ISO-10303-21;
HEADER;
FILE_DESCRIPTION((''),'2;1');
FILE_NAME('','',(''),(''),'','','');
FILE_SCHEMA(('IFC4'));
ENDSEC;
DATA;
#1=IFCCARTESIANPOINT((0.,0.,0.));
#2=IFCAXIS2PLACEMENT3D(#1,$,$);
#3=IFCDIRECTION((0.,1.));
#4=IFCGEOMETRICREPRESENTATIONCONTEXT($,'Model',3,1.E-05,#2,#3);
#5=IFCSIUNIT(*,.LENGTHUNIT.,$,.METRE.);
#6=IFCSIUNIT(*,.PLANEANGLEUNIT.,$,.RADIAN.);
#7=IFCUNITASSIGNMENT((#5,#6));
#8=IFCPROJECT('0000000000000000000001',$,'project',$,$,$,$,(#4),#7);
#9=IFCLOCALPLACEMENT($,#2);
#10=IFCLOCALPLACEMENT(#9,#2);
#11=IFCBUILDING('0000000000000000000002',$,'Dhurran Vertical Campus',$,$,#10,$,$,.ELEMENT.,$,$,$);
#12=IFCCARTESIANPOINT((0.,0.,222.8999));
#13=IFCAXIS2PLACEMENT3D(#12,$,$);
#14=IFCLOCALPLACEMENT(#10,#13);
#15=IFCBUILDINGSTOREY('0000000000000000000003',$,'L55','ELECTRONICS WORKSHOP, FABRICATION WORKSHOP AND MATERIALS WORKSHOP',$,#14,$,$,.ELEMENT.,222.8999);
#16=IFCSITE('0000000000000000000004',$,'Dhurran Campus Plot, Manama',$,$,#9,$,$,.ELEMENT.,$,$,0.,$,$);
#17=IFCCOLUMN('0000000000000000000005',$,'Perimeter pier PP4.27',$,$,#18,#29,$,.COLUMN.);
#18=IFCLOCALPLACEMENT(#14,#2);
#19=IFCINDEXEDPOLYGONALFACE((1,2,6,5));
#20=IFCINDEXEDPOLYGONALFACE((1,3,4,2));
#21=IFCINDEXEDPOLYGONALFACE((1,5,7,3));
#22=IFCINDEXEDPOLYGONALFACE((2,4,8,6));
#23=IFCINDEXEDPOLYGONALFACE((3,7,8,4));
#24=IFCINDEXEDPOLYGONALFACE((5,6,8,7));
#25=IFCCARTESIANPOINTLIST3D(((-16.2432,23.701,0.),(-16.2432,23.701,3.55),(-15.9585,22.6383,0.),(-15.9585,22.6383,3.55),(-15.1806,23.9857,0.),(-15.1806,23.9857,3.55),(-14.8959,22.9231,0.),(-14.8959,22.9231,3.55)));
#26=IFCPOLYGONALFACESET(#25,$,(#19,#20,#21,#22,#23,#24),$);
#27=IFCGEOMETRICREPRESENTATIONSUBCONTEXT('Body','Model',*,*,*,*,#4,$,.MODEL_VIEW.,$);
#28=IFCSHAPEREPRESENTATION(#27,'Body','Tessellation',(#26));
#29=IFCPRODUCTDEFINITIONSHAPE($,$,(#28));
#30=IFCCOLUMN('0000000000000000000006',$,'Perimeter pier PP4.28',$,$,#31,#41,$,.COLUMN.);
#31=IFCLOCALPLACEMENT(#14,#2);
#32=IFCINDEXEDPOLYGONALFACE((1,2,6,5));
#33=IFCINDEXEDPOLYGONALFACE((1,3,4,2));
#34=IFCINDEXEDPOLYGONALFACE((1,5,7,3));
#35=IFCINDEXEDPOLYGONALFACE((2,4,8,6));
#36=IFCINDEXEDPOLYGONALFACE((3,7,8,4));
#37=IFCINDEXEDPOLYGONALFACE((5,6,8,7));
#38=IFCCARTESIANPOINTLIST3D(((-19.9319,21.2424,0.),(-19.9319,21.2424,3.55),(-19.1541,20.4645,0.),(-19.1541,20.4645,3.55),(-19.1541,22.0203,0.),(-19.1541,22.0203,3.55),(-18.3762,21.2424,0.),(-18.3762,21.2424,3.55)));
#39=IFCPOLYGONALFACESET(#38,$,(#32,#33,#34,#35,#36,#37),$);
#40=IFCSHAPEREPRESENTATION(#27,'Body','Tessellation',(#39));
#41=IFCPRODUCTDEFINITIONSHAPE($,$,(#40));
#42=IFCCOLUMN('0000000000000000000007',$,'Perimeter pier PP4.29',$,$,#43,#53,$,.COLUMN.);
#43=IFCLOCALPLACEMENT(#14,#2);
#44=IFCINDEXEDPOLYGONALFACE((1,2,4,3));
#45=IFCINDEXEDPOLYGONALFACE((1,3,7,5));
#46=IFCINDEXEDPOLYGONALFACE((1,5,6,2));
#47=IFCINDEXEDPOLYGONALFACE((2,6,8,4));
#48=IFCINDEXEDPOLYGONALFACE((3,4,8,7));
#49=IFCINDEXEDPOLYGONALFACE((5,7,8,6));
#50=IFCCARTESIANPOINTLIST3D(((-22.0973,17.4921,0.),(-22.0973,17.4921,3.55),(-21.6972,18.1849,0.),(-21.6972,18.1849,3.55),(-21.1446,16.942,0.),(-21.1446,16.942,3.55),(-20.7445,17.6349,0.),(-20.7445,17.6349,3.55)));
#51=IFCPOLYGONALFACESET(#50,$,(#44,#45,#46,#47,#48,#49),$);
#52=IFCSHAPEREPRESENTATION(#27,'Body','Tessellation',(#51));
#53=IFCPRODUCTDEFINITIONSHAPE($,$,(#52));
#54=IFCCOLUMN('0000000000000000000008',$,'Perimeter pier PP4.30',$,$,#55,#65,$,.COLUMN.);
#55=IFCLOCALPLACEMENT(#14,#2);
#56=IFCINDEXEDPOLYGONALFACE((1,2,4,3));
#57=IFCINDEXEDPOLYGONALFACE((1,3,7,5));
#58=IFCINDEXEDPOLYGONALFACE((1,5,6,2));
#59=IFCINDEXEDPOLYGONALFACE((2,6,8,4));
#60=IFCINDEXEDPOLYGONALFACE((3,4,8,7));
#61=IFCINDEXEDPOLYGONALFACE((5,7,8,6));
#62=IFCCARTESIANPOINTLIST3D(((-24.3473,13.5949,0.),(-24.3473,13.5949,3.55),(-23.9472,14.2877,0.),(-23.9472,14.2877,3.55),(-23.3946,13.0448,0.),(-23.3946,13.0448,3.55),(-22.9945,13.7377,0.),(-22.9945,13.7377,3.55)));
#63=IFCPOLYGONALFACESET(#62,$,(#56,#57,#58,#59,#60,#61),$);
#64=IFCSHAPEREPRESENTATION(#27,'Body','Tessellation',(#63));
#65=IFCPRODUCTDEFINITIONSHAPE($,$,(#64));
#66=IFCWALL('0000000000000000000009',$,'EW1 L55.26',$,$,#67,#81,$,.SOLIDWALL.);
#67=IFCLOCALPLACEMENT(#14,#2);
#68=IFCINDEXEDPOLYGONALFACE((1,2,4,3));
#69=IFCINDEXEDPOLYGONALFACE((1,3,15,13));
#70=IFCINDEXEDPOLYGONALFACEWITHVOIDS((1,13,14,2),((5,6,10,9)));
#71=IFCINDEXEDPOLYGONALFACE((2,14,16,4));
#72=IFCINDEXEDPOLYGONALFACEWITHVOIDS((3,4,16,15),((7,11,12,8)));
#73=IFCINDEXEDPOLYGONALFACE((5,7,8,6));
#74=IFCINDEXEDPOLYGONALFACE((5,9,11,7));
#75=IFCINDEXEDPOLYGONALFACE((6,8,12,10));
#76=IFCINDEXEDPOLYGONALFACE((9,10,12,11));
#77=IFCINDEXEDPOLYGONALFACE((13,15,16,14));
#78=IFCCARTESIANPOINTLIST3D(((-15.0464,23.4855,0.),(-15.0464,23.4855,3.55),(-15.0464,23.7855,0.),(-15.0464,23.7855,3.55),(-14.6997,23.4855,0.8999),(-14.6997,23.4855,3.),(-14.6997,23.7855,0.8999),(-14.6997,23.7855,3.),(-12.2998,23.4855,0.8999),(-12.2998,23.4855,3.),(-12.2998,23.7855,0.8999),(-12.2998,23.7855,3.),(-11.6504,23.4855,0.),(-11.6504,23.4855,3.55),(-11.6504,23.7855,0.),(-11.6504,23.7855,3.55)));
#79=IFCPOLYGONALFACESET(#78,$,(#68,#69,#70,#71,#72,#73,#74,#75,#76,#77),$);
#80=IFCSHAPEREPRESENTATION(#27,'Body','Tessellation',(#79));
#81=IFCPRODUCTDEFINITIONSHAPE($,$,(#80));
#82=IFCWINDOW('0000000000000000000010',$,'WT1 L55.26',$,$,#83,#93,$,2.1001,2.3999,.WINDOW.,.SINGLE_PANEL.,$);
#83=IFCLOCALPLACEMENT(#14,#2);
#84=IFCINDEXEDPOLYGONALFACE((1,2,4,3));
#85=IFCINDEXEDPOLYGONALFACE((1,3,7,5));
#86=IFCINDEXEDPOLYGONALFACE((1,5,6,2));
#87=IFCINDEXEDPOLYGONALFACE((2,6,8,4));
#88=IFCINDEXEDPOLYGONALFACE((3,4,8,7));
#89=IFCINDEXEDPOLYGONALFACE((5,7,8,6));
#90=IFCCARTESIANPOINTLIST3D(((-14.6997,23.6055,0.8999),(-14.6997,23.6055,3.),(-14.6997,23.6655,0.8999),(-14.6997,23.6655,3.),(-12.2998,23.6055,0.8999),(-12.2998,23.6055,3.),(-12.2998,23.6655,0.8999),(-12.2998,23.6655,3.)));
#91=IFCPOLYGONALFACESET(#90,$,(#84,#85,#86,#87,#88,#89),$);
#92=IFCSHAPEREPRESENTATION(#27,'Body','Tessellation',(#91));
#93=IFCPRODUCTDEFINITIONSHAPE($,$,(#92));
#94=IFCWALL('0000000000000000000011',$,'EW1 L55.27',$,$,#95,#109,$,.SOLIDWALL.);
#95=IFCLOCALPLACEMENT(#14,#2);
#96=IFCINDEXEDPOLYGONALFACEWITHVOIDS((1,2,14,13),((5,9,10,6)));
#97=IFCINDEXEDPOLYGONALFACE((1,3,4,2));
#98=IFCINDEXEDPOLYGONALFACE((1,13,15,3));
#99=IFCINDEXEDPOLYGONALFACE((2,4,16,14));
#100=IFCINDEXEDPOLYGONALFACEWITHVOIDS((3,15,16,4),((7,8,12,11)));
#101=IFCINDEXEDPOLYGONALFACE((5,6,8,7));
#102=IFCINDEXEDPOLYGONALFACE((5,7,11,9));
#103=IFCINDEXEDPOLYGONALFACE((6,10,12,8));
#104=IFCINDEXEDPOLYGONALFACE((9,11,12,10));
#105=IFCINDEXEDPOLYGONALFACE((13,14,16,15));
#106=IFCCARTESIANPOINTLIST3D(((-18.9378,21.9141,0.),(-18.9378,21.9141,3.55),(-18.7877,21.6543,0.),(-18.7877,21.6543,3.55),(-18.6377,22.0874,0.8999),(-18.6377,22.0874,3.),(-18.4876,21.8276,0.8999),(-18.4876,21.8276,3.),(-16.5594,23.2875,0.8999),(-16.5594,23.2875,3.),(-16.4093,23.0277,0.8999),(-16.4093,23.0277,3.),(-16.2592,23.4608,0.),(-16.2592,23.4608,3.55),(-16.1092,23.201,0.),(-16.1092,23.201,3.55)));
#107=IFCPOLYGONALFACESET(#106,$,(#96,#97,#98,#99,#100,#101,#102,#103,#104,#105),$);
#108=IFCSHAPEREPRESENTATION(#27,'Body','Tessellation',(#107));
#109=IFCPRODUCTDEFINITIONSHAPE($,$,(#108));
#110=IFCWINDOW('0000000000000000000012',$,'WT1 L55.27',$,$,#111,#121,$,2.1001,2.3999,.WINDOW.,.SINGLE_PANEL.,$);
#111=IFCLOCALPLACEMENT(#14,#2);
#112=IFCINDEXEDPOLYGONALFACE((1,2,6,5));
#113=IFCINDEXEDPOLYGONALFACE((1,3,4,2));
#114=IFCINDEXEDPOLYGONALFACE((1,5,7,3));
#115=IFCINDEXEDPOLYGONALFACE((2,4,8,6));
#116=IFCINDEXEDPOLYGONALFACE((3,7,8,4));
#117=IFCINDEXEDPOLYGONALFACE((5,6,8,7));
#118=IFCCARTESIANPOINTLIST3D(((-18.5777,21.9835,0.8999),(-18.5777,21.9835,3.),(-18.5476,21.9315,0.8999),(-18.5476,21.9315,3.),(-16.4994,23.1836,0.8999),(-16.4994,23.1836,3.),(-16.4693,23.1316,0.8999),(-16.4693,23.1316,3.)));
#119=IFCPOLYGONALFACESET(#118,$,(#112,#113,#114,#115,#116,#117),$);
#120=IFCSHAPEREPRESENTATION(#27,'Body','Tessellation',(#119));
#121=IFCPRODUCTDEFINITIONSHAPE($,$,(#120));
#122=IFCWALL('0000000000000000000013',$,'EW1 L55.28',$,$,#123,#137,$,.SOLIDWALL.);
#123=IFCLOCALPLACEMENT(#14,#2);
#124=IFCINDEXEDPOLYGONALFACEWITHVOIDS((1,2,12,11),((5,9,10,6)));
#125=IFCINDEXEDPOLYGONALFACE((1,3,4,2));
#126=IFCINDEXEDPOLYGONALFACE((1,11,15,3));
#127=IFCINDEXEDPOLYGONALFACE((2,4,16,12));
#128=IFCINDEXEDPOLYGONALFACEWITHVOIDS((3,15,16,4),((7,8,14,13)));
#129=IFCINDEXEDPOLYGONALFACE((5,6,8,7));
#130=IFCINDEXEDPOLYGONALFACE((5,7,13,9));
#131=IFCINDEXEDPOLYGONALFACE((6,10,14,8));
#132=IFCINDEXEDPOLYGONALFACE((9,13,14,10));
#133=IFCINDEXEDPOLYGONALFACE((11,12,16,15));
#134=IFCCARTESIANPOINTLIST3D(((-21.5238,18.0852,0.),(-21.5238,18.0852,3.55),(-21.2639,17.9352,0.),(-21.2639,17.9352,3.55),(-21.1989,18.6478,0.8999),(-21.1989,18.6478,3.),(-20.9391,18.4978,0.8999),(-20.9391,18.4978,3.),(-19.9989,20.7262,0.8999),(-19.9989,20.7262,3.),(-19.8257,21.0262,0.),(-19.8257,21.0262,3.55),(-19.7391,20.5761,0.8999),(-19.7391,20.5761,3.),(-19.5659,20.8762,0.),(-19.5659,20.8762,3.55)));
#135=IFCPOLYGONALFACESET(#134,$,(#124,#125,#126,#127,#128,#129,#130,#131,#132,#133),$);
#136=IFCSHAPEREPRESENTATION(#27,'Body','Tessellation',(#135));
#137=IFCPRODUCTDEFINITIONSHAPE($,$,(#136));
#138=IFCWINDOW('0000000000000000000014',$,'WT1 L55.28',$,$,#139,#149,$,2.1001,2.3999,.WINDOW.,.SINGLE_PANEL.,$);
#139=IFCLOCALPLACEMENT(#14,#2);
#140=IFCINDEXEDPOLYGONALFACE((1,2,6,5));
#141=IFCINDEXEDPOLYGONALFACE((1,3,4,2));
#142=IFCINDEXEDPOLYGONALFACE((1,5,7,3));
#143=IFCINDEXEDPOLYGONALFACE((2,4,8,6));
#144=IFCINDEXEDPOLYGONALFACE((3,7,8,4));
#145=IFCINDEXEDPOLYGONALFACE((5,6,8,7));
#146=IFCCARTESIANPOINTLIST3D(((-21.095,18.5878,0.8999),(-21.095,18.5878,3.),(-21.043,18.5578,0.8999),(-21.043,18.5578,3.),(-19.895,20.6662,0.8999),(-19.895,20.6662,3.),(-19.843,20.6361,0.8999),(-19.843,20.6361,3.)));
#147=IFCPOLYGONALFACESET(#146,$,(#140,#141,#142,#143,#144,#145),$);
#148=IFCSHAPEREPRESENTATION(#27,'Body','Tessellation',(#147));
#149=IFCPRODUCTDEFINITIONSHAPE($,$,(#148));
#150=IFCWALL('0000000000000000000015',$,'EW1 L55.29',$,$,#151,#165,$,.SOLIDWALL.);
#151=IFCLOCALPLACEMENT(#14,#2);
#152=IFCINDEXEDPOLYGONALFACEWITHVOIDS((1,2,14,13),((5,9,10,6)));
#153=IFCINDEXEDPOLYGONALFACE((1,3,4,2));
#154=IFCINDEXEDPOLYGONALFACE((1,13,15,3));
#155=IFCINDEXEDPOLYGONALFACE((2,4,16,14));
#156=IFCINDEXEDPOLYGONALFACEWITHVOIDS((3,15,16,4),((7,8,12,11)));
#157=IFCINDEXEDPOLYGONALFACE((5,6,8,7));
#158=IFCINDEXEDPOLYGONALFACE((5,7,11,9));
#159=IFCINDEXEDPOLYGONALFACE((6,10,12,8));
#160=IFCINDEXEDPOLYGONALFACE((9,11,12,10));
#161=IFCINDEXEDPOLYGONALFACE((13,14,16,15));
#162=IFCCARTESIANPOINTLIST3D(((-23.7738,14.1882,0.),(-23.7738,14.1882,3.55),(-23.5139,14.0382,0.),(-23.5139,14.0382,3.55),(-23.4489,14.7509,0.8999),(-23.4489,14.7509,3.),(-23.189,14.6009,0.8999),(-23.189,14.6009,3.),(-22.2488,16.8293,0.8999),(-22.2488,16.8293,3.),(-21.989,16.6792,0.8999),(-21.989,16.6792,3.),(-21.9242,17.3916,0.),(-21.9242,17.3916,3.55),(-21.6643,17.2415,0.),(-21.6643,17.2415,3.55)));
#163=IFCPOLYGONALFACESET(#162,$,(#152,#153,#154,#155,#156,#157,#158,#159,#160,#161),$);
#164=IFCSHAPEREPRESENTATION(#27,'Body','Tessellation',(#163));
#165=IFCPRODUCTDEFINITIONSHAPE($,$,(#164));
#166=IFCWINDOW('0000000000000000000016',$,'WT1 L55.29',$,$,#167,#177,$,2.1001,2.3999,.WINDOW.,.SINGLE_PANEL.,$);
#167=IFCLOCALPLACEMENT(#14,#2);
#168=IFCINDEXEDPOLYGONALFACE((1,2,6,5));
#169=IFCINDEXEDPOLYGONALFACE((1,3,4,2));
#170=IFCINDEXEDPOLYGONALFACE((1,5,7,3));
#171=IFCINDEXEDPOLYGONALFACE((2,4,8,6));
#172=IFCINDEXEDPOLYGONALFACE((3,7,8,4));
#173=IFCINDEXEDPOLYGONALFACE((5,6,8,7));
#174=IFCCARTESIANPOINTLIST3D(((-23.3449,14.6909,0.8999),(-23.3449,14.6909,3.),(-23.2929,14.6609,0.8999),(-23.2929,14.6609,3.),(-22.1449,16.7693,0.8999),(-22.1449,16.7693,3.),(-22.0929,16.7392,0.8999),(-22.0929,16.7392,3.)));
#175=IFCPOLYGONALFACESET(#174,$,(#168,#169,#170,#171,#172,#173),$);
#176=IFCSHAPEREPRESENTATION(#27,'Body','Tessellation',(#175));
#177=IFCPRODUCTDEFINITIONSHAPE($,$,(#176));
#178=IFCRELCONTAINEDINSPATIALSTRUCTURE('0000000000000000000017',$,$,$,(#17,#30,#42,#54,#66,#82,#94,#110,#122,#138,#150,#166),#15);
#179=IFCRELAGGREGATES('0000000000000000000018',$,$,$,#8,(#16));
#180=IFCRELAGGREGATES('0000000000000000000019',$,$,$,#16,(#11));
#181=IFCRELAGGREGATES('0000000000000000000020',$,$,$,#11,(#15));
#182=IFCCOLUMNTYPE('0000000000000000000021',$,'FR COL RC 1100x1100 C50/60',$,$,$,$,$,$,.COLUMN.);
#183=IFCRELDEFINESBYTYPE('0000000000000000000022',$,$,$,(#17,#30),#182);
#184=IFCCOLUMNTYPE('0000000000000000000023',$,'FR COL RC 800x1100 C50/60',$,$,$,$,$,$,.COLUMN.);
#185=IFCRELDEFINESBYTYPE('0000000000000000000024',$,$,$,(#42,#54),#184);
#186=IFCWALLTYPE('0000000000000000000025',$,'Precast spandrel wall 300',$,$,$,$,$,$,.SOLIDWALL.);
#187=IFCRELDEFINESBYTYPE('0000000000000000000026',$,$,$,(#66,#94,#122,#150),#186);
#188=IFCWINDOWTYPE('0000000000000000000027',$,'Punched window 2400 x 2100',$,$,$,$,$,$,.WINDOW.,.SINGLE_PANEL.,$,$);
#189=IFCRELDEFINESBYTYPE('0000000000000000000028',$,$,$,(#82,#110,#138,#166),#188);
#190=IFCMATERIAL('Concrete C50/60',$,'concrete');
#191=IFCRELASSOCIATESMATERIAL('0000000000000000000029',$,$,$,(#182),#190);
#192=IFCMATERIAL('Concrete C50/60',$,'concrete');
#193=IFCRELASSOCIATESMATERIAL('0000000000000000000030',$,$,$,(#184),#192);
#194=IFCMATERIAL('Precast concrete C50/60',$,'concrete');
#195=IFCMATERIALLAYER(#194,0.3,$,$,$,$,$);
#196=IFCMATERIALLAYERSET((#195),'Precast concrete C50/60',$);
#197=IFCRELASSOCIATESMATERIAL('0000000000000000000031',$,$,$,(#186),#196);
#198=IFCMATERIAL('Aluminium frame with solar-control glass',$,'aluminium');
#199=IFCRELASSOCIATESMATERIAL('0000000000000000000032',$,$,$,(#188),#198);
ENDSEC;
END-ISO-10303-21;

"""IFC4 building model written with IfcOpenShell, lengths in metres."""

from ifc_helpers import new_model, si_unit, direction, frame, frame_2d, origin, origin_2d, place, context, subcontext, project, spatial, rectangle, extrude, material, layer, layer_set, material_profile, profile_set, type_object, element, fill, save


model = new_model("IFC4")

# Units and contexts
model_context = context("Model", 3, precision=1e-05, world=origin(), true_north=direction((0.0, 1.0)))
body_context = subcontext(model_context, "Body", "Model", "MODEL_VIEW")
ifc_project = project(units=[si_unit("LENGTHUNIT", "METRE"), si_unit("PLANEANGLEUNIT", "RADIAN")], contexts=[model_context])

# Site, building, storey
site_placement = place(None, origin())
site = spatial("IfcSite", under=ifc_project, at=site_placement, Name="Dhurran Campus Plot, Manama", CompositionType="ELEMENT", RefElevation=0.0)
building_placement = place(site_placement, origin())
building = spatial("IfcBuilding", under=site, at=building_placement, Name="Dhurran Vertical Campus", CompositionType="ELEMENT")
storey_placement = place(building_placement, frame((0.0, 0.0, 222.8999)))
storey = spatial("IfcBuildingStorey", under=building, at=storey_placement, Name="L55", Description="ELECTRONICS WORKSHOP, FABRICATION WORKSHOP AND MATERIALS WORKSHOP", CompositionType="ELEMENT", Elevation=222.8999)

# Columns
ifc_material_1 = material(Name="Concrete C50/60", Category="concrete")
ifc_material_profile_1 = material_profile(ifc_material_1, rectangle(XDim=1.1001, YDim=1.1001, at=origin_2d()), Name="RC 1100x1100")
ifc_profile_set_1 = profile_set([ifc_material_profile_1], Name="Concrete C50/60")
column_type_1 = type_object("IfcColumnType", Name="FR COL RC 1100x1100 C50/60", PredefinedType="COLUMN", material=ifc_profile_set_1)
for number, where, z_axis, x_axis, name in (
    (1, (-15.5696, 23.312, 0.0), (0.0, 0.0, 1.0), (-0.965926, -0.258819, 0.0), "Perimeter pier PP4.27"),
    (2, (-19.1541, 21.2424, 0.0), (0.0, 0.0, 1.0), (-0.707107, -0.707107, 0.0), "Perimeter pier PP4.28"),
):
    element("IfcColumn", number, at=place(storey_placement, frame(where, z_axis=z_axis, x_axis=x_axis)), inside=storey, type_object=column_type_1, Name=name, PredefinedType="COLUMN", context=body_context, shape_type="SweptSolid", body=[
        extrude(rectangle(XDim=1.1001, YDim=1.1001, at=origin_2d()), origin(), (0.0, 0.0, 1.0), 3.55),
    ])
ifc_material_2 = material(Name="Concrete C50/60", Category="concrete")
ifc_material_profile_2 = material_profile(ifc_material_2, rectangle(XDim=0.8, YDim=1.1001, at=origin_2d()), Name="RC 800x1100")
ifc_profile_set_2 = profile_set([ifc_material_profile_2], Name="Concrete C50/60")
column_type_2 = type_object("IfcColumnType", Name="FR COL RC 800x1100 C50/60", PredefinedType="COLUMN", material=ifc_profile_set_2)
for number, where, z_axis, x_axis, name in (
    (3, (-21.4209, 17.5635, 0.0), (0.0, 0.0, 1.0), (-0.5, -0.866025, 0.0), "Perimeter pier PP4.29"),
    (4, (-23.6709, 13.6663, 0.0), (0.0, 0.0, 1.0), (-0.5, -0.866025, 0.0), "Perimeter pier PP4.30"),
):
    element("IfcColumn", number, at=place(storey_placement, frame(where, z_axis=z_axis, x_axis=x_axis)), inside=storey, type_object=column_type_2, Name=name, PredefinedType="COLUMN", context=body_context, shape_type="SweptSolid", body=[
        extrude(rectangle(XDim=0.8, YDim=1.1001, at=origin_2d()), origin(), (0.0, 0.0, 1.0), 3.55),
    ])

# Walls, openings, windows
ifc_material_3 = material(Name="Precast concrete C50/60", Category="concrete")
ifc_layer_1 = layer(ifc_material_3, 0.3)
ifc_layer_set_1 = layer_set([ifc_layer_1], Name="Precast concrete C50/60")
wall_type_1 = type_object("IfcWallType", Name="Precast spandrel wall 300", PredefinedType="SOLIDWALL", material=ifc_layer_set_1)
wall_1_placement = place(storey_placement, frame((-11.6504, 23.6355, 0.0), z_axis=(0.0, 0.0, 1.0), x_axis=(-1.0, 0.0, 0.0)))
wall_1 = element("IfcWall", 5, at=wall_1_placement, inside=storey, type_object=wall_type_1, Name="EW1 L55.26", PredefinedType="SOLIDWALL", context=body_context, shape_type="SweptSolid", body=[
    extrude(rectangle(XDim=3.396, YDim=0.3, at=frame_2d((1.698, 0.0))), origin(), (0.0, 0.0, 1.0), 3.55),
])
opening_1_placement = place(wall_1_placement, frame((0.6494, 0.0, 0.8999)))
opening_1 = element("IfcOpeningElement", 6, at=opening_1_placement, cuts=wall_1, PredefinedType="OPENING", context=body_context, shape_type="SweptSolid", body=[
    extrude(rectangle(XDim=2.3999, YDim=2.1001, at=frame_2d((1.2, 1.05))), frame((0.0, 0.1599, 0.0), z_axis=(0.0, -1.0, 0.0), x_axis=(1.0, 0.0, 0.0)), (0.0, 0.0, 1.0), 0.3201),
])
ifc_material_4 = material(Name="Aluminium frame with solar-control glass", Category="aluminium")
window_type = type_object("IfcWindowType", Name="Punched window 2400 x 2100", PartitioningType="SINGLE_PANEL", PredefinedType="WINDOW", material=ifc_material_4)
window_1_placement = place(opening_1_placement, origin())
window_1 = element("IfcWindow", 7, at=window_1_placement, inside=storey, type_object=window_type, Name="WT1 L55.26", OverallHeight=2.1001, OverallWidth=2.3999, PartitioningType="SINGLE_PANEL", PredefinedType="WINDOW", context=body_context, shape_type="SweptSolid", body=[
    extrude(rectangle(XDim=2.3999, YDim=2.1001, at=frame_2d((1.2, 1.05))), frame((0.0, 0.03, 0.0), z_axis=(0.0, -1.0, 0.0), x_axis=(1.0, 0.0, 0.0)), (0.0, 0.0, 1.0), 0.0601),
])
fill(opening_1, window_1)
wall_2_placement = place(storey_placement, frame((-16.1843, 23.3308, 0.0), z_axis=(0.0, 0.0, 1.0), x_axis=(-0.865995, -0.500053, 0.0)))
wall_2 = element("IfcWall", 8, at=wall_2_placement, inside=storey, type_object=wall_type_1, Name="EW1 L55.27", PredefinedType="SOLIDWALL", context=body_context, shape_type="SweptSolid", body=[
    extrude(rectangle(XDim=3.093, YDim=0.3, at=frame_2d((1.5464, 0.0))), origin(), (0.0, 0.0, 1.0), 3.55),
])
opening_2_placement = place(wall_2_placement, frame((0.3464, 0.0, 0.8999)))
opening_2 = element("IfcOpeningElement", 9, at=opening_2_placement, cuts=wall_2, PredefinedType="OPENING", context=body_context, shape_type="SweptSolid", body=[
    extrude(rectangle(XDim=2.3999, YDim=2.1001, at=frame_2d((1.2, 1.05))), frame((0.0, 0.1599, 0.0), z_axis=(0.0, -1.0, 0.0), x_axis=(1.0, 0.0, 0.0)), (0.0, 0.0, 1.0), 0.3201),
])
window_2_placement = place(opening_2_placement, origin())
window_2 = element("IfcWindow", 10, at=window_2_placement, inside=storey, type_object=window_type, Name="WT1 L55.27", OverallHeight=2.1001, OverallWidth=2.3999, PartitioningType="SINGLE_PANEL", PredefinedType="WINDOW", context=body_context, shape_type="SweptSolid", body=[
    extrude(rectangle(XDim=2.3999, YDim=2.1001, at=frame_2d((1.2, 1.05))), frame((0.0, 0.03, 0.0), z_axis=(0.0, -1.0, 0.0), x_axis=(1.0, 0.0, 0.0)), (0.0, 0.0, 1.0), 0.0601),
])
fill(opening_2, window_2)
wall_3_placement = place(storey_placement, frame((-19.6958, 20.9512, 0.0), z_axis=(0.0, 0.0, 1.0), x_axis=(-0.500013, -0.866018, 0.0)))
wall_3 = element("IfcWall", 11, at=wall_3_placement, inside=storey, type_object=wall_type_1, Name="EW1 L55.28", PredefinedType="SOLIDWALL", context=body_context, shape_type="SweptSolid", body=[
    extrude(rectangle(XDim=3.396, YDim=0.3, at=frame_2d((1.698, 0.0))), origin(), (0.0, 0.0, 1.0), 3.55),
])
opening_3_placement = place(wall_3_placement, frame((0.3464, 0.0, 0.8999)))
opening_3 = element("IfcOpeningElement", 12, at=opening_3_placement, cuts=wall_3, PredefinedType="OPENING", context=body_context, shape_type="SweptSolid", body=[
    extrude(rectangle(XDim=2.3999, YDim=2.1001, at=frame_2d((1.2, 1.05))), frame((0.0, 0.1599, 0.0), z_axis=(0.0, -1.0, 0.0), x_axis=(1.0, 0.0, 0.0)), (0.0, 0.0, 1.0), 0.3201),
])
window_3_placement = place(opening_3_placement, origin())
window_3 = element("IfcWindow", 13, at=window_3_placement, inside=storey, type_object=window_type, Name="WT1 L55.28", OverallHeight=2.1001, OverallWidth=2.3999, PartitioningType="SINGLE_PANEL", PredefinedType="WINDOW", context=body_context, shape_type="SweptSolid", body=[
    extrude(rectangle(XDim=2.3999, YDim=2.1001, at=frame_2d((1.2, 1.05))), frame((0.0, 0.03, 0.0), z_axis=(0.0, -1.0, 0.0), x_axis=(1.0, 0.0, 0.0)), (0.0, 0.0, 1.0), 0.0601),
])
fill(opening_3, window_3)
wall_4_placement = place(storey_placement, frame((-21.7942, 17.3167, 0.0), z_axis=(0.0, 0.0, 1.0), x_axis=(-0.500029, -0.866009, 0.0)))
wall_4 = element("IfcWall", 14, at=wall_4_placement, inside=storey, type_object=wall_type_1, Name="EW1 L55.29", PredefinedType="SOLIDWALL", context=body_context, shape_type="SweptSolid", body=[
    extrude(rectangle(XDim=3.699, YDim=0.3, at=frame_2d((1.8496, 0.0))), origin(), (0.0, 0.0, 1.0), 3.55),
])
opening_4_placement = place(wall_4_placement, frame((0.6494, 0.0, 0.8999)))
opening_4 = element("IfcOpeningElement", 15, at=opening_4_placement, cuts=wall_4, PredefinedType="OPENING", context=body_context, shape_type="SweptSolid", body=[
    extrude(rectangle(XDim=2.3999, YDim=2.1001, at=frame_2d((1.2, 1.05))), frame((0.0, 0.1599, 0.0), z_axis=(0.0, -1.0, 0.0), x_axis=(1.0, 0.0, 0.0)), (0.0, 0.0, 1.0), 0.3201),
])
window_4_placement = place(opening_4_placement, origin())
window_4 = element("IfcWindow", 16, at=window_4_placement, inside=storey, type_object=window_type, Name="WT1 L55.29", OverallHeight=2.1001, OverallWidth=2.3999, PartitioningType="SINGLE_PANEL", PredefinedType="WINDOW", context=body_context, shape_type="SweptSolid", body=[
    extrude(rectangle(XDim=2.3999, YDim=2.1001, at=frame_2d((1.2, 1.05))), frame((0.0, 0.03, 0.0), z_axis=(0.0, -1.0, 0.0), x_axis=(1.0, 0.0, 0.0)), (0.0, 0.0, 1.0), 0.0601),
])
fill(opening_4, window_4)

save(model, "model.ifc")
